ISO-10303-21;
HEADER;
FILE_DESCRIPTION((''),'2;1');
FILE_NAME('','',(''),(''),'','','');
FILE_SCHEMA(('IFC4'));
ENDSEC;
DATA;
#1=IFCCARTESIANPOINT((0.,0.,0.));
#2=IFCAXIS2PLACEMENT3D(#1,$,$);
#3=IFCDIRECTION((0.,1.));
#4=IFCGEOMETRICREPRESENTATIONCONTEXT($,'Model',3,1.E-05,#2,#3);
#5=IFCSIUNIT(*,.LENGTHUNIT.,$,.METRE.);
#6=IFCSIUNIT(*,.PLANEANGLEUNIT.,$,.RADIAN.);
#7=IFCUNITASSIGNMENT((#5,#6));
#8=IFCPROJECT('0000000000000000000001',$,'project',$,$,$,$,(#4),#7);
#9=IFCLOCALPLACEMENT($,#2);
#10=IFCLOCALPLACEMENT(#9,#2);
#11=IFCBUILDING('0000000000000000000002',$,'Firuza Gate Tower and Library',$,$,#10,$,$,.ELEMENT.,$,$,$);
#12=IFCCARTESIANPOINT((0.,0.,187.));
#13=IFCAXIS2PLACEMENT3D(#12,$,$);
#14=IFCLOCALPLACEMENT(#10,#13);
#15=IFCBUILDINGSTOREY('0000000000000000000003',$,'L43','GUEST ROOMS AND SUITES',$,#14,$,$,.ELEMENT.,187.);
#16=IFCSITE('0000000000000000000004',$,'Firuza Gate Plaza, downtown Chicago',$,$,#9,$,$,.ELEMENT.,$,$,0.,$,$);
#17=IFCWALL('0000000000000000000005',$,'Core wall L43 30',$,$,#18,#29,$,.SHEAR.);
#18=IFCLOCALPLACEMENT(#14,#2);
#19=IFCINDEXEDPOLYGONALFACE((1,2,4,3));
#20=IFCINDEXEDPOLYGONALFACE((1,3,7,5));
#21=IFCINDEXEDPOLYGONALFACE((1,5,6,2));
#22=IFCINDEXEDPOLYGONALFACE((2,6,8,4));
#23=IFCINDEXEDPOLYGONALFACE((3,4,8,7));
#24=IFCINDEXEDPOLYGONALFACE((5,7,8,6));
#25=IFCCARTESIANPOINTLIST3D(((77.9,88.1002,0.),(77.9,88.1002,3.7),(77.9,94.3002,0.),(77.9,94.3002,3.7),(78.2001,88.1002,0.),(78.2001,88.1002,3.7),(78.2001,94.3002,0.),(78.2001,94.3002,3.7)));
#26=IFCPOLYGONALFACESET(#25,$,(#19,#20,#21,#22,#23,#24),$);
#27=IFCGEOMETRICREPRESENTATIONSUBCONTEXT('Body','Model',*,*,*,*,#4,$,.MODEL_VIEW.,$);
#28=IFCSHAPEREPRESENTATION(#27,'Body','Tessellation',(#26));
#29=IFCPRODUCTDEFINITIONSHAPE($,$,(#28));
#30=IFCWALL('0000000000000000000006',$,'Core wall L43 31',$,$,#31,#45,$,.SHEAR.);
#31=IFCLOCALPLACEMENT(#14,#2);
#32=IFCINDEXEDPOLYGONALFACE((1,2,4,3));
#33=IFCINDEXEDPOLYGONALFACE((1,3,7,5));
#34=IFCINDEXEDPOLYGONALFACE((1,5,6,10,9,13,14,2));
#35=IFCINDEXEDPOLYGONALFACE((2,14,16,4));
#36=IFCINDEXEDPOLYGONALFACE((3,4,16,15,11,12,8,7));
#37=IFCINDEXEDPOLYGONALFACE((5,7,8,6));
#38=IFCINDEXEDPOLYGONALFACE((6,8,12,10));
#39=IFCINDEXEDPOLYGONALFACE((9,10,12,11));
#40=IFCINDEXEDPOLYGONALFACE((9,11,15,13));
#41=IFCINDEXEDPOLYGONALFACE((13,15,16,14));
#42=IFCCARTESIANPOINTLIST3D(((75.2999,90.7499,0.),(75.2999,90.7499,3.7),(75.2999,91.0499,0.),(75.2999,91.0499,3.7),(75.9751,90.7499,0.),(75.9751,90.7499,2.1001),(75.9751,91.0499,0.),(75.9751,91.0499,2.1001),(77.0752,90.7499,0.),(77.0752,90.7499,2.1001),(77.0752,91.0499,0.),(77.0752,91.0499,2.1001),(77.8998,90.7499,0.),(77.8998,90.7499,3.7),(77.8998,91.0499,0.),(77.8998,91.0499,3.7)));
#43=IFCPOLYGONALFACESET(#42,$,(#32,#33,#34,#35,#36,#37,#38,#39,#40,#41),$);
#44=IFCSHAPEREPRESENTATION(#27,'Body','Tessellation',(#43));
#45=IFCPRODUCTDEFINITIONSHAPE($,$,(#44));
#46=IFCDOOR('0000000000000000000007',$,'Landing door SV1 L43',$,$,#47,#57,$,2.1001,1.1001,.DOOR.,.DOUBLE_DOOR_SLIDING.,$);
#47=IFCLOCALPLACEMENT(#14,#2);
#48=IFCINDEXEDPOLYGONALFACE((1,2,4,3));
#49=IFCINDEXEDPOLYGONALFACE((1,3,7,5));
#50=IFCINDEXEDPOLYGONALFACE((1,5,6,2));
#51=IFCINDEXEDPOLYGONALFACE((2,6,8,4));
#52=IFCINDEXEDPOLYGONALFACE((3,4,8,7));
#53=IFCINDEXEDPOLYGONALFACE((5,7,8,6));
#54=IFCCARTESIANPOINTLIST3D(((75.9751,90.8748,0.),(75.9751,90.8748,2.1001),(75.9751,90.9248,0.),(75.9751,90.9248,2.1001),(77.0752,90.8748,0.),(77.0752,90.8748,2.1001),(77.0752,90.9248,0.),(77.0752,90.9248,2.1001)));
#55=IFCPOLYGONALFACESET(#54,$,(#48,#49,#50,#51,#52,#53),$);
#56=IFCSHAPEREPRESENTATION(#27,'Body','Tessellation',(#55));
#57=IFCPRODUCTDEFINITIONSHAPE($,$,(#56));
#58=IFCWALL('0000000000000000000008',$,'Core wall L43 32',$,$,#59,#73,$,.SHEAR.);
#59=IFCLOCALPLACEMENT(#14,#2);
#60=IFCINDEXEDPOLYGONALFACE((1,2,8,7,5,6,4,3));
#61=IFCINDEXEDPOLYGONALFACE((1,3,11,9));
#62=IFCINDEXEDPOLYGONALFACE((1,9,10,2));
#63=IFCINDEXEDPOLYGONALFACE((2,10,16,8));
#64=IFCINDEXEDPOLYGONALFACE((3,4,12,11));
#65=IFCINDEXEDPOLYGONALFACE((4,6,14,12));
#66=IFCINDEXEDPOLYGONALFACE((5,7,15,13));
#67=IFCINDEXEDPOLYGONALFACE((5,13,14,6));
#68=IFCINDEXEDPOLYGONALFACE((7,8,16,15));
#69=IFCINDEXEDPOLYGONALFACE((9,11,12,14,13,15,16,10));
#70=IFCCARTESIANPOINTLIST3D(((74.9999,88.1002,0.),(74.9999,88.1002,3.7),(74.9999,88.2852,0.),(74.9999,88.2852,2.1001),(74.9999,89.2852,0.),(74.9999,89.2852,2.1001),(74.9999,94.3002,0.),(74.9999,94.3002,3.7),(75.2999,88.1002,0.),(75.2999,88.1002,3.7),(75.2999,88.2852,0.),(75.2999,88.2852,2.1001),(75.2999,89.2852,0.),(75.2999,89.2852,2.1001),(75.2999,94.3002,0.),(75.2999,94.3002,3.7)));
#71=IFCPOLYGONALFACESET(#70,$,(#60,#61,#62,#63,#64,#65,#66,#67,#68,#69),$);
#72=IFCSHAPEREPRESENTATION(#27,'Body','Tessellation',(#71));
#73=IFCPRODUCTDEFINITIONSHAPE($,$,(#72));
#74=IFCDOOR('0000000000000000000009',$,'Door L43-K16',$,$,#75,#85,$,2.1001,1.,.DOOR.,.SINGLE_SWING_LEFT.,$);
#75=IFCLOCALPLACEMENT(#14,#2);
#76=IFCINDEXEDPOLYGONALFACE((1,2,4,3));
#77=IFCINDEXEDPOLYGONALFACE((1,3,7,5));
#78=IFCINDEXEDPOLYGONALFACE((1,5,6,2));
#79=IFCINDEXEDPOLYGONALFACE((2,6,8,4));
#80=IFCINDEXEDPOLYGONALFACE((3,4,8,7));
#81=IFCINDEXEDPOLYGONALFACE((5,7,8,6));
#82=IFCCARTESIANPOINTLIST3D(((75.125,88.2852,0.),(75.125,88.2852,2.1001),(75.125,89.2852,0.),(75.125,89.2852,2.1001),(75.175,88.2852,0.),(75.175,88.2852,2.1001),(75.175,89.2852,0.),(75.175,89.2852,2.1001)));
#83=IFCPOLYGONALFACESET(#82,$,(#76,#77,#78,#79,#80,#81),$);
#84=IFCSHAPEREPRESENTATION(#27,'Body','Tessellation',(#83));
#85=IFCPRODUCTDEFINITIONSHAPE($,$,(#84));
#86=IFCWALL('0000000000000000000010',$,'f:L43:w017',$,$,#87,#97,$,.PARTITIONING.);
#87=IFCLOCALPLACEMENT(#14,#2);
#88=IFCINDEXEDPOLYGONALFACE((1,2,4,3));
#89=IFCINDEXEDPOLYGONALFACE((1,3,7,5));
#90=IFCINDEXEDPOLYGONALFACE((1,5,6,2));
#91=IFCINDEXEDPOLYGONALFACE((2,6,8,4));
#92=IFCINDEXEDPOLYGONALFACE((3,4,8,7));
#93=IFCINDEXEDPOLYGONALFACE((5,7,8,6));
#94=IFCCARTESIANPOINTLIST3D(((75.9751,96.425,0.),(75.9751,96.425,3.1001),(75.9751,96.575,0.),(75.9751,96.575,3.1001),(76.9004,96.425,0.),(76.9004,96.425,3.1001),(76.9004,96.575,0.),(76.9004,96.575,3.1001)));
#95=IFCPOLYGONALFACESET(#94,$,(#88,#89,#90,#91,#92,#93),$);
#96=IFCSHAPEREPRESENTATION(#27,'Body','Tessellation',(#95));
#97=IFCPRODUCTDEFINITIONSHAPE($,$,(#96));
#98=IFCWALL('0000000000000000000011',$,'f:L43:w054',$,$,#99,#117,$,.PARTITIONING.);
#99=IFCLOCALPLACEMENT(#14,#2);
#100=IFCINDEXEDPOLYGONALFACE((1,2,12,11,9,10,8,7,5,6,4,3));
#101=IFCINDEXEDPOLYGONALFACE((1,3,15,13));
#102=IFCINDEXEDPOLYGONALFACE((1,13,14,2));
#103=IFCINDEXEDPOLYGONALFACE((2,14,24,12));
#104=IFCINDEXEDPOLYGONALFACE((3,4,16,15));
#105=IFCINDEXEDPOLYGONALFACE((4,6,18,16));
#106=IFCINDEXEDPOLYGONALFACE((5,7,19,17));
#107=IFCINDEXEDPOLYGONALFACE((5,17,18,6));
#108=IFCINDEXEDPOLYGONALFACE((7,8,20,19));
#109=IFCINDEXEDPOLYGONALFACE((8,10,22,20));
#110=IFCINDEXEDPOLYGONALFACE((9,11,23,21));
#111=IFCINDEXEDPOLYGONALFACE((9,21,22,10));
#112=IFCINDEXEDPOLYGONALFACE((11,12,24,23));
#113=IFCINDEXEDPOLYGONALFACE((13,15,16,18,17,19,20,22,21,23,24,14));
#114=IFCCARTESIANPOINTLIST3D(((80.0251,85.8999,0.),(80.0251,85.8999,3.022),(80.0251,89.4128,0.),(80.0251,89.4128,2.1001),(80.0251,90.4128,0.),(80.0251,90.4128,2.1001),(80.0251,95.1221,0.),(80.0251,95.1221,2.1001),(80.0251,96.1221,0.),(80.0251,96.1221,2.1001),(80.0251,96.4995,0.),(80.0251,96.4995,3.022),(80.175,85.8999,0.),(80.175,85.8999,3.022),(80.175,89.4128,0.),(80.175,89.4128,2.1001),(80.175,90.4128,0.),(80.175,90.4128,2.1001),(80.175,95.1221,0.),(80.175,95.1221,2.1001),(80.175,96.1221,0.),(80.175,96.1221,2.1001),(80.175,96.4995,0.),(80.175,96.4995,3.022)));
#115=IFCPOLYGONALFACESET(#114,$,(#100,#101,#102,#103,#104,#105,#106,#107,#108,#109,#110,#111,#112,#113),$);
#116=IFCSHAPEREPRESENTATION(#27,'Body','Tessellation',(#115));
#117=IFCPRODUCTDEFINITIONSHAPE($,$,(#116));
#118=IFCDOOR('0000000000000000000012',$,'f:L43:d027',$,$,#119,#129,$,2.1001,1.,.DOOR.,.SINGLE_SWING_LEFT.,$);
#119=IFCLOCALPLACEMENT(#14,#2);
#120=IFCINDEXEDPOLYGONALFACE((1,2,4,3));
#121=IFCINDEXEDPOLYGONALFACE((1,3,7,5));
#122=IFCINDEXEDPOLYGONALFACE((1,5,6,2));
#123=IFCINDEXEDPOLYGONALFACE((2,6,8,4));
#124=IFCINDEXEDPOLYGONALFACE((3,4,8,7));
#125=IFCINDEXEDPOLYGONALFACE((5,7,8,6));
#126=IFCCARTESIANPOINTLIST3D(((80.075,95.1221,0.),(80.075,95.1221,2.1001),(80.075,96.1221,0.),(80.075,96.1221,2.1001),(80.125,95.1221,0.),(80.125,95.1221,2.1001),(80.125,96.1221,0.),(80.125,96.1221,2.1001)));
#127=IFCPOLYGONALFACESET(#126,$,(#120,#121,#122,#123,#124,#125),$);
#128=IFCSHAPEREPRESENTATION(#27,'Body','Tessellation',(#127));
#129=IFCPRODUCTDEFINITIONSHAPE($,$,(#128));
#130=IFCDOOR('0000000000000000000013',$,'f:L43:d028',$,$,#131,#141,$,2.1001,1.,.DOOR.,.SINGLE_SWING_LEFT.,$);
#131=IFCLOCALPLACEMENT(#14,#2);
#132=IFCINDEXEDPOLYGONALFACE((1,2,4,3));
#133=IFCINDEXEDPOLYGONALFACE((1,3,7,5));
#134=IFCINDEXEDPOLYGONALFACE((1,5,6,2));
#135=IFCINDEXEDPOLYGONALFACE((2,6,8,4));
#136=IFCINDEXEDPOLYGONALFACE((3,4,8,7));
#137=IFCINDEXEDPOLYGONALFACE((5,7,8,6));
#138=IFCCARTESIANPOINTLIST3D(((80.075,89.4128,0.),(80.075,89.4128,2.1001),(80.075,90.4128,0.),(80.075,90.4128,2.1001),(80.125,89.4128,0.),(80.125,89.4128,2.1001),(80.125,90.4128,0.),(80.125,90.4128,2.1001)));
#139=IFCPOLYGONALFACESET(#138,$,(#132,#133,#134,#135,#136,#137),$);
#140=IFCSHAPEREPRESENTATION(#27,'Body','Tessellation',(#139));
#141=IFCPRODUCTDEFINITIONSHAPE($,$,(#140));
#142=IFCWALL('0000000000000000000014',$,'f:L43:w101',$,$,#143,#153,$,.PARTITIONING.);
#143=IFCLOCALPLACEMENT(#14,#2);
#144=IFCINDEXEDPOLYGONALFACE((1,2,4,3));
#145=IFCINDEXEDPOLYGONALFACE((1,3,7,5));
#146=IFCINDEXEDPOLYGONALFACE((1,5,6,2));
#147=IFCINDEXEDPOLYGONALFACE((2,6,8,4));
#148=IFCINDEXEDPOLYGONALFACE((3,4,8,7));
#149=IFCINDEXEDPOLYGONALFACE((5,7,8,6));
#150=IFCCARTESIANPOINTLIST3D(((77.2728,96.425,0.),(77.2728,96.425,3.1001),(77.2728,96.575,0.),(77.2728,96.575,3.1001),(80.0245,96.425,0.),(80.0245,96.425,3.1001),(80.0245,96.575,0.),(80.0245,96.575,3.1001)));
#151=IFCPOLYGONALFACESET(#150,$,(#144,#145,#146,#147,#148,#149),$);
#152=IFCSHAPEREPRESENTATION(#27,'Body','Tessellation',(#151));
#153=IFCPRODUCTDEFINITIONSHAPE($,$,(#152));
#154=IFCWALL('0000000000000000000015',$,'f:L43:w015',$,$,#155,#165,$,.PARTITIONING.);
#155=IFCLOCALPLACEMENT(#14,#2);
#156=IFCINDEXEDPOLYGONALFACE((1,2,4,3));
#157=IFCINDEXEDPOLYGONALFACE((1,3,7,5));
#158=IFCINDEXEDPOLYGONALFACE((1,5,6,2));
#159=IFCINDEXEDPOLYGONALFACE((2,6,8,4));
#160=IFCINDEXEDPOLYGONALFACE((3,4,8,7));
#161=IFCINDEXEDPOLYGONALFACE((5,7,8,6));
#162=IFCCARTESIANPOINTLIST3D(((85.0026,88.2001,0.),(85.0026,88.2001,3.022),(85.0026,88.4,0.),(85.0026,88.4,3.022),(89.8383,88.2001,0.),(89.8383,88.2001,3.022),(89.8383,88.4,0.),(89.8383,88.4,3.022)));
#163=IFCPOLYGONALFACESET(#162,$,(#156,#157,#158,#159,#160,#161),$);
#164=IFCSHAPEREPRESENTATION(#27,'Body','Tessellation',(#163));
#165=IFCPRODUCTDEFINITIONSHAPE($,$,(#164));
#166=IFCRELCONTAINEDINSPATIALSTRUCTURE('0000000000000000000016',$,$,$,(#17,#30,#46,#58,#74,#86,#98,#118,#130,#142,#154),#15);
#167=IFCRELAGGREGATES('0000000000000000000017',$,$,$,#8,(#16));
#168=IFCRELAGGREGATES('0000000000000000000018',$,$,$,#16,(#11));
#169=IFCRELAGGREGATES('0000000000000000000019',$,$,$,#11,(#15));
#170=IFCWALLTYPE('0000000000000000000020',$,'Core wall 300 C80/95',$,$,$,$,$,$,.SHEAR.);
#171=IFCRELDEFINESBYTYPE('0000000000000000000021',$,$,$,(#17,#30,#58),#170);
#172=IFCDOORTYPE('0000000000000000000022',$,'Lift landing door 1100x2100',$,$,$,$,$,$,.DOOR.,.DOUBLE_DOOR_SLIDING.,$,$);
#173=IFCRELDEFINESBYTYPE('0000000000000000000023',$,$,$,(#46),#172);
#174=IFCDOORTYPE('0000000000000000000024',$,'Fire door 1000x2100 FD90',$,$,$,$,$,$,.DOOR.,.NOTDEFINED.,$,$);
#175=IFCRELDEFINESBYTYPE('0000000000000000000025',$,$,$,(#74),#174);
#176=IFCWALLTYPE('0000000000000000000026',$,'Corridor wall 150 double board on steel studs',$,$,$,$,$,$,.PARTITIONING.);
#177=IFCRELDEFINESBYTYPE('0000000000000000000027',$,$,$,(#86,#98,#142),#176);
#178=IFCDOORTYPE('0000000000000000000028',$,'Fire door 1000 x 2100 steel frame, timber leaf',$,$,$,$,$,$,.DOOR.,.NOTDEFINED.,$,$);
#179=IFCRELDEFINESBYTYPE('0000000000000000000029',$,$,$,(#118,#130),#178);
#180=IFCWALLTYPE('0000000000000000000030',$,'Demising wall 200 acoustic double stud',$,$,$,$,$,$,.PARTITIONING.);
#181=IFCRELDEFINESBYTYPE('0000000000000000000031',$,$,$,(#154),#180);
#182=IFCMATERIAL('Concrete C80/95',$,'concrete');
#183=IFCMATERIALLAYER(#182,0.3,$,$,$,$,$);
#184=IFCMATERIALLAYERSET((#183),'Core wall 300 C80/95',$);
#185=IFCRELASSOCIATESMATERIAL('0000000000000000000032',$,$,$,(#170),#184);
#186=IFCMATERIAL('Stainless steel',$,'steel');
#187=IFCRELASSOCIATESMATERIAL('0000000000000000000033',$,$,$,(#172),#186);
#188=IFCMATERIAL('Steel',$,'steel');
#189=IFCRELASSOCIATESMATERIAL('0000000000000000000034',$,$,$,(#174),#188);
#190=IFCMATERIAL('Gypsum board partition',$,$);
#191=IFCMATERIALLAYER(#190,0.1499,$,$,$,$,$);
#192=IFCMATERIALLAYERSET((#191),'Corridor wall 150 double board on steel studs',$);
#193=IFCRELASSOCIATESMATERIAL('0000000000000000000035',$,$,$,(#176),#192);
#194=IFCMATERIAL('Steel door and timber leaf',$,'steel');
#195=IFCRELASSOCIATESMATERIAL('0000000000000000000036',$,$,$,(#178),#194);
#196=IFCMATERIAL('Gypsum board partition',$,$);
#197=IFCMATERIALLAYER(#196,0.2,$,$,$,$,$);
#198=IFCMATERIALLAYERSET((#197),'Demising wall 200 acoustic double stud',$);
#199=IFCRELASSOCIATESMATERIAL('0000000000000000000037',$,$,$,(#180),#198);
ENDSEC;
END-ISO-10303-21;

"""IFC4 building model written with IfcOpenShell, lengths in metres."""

from ifc_helpers import new_model, si_unit, direction, frame, frame_2d, origin, place, context, subcontext, project, spatial, rectangle, extrude, material, layer, layer_set, type_object, element, fill, save


model = new_model("IFC4")

# Units and contexts
model_context = context("Model", 3, precision=1e-05, world=origin(), true_north=direction((0.0, 1.0)))
body_context = subcontext(model_context, "Body", "Model", "MODEL_VIEW")
ifc_project = project(units=[si_unit("LENGTHUNIT", "METRE"), si_unit("PLANEANGLEUNIT", "RADIAN")], contexts=[model_context])

# Site, building, storey
site_placement = place(None, origin())
site = spatial("IfcSite", under=ifc_project, at=site_placement, Name="Firuza Gate Plaza, downtown Chicago", CompositionType="ELEMENT", RefElevation=0.0)
building_placement = place(site_placement, origin())
building = spatial("IfcBuilding", under=site, at=building_placement, Name="Firuza Gate Tower and Library", CompositionType="ELEMENT")
storey_placement = place(building_placement, frame((0.0, 0.0, 187.0)))
storey = spatial("IfcBuildingStorey", under=building, at=storey_placement, Name="L43", Description="GUEST ROOMS AND SUITES", CompositionType="ELEMENT", Elevation=187.0)

# Wall
ifc_material_1 = material(Name="Concrete C80/95", Category="concrete")
ifc_layer_1 = layer(ifc_material_1, 0.3)
ifc_layer_set_1 = layer_set([ifc_layer_1], Name="Core wall 300 C80/95")
wall_type_1 = type_object("IfcWallType", Name="Core wall 300 C80/95", PredefinedType="SHEAR", material=ifc_layer_set_1)
wall_1_placement = place(storey_placement, frame((78.05, 88.1001, 0.0), z_axis=(0.0, 0.0, 1.0), x_axis=(0.0, 1.0, 0.0)))
element("IfcWall", 1, at=wall_1_placement, inside=storey, type_object=wall_type_1, Name="Core wall L43 30", PredefinedType="SHEAR", context=body_context, shape_type="SweptSolid", body=[
    extrude(rectangle(XDim=6.2, YDim=0.3, at=frame_2d((3.1001, 0.0))), origin(), (0.0, 0.0, 1.0), 3.7),
])

# Walls, openings, doors
wall_2_placement = place(storey_placement, frame((75.3, 90.8999, 0.0), z_axis=(0.0, 0.0, 1.0), x_axis=(1.0, 0.0, 0.0)))
wall_2 = element("IfcWall", 2, at=wall_2_placement, inside=storey, type_object=wall_type_1, Name="Core wall L43 31", PredefinedType="SHEAR", context=body_context, shape_type="SweptSolid", body=[
    extrude(rectangle(XDim=2.5999, YDim=0.3, at=frame_2d((1.2998, 0.0))), origin(), (0.0, 0.0, 1.0), 3.7),
])
opening_1_placement = place(wall_2_placement, frame((0.675, 0.0, 0.0)))
opening_1 = element("IfcOpeningElement", 3, at=opening_1_placement, cuts=wall_2, PredefinedType="OPENING", context=body_context, shape_type="SweptSolid", body=[
    extrude(rectangle(XDim=1.1001, YDim=2.1001, at=frame_2d((0.55, 1.05))), frame((0.0, 0.1602, 0.0), z_axis=(0.0, -1.0, 0.0), x_axis=(1.0, 0.0, 0.0)), (0.0, 0.0, 1.0), 0.3201),
])
ifc_material_2 = material(Name="Stainless steel", Category="steel")
door_type_1 = type_object("IfcDoorType", Name="Lift landing door 1100x2100", OperationType="DOUBLE_DOOR_SLIDING", PredefinedType="DOOR", material=ifc_material_2)
door_1_placement = place(opening_1_placement, origin())
door_1 = element("IfcDoor", 4, at=door_1_placement, inside=storey, type_object=door_type_1, Name="Landing door SV1 L43", OperationType="DOUBLE_DOOR_SLIDING", OverallHeight=2.1001, OverallWidth=1.1001, PredefinedType="DOOR", context=body_context, shape_type="SweptSolid", body=[
    extrude(rectangle(XDim=1.1001, YDim=2.1001, at=frame_2d((0.55, 1.05))), frame((0.0, 0.0249, 0.0), z_axis=(0.0, -1.0, 0.0), x_axis=(1.0, 0.0, 0.0)), (0.0, 0.0, 1.0), 0.05),
])
fill(opening_1, door_1)
wall_3_placement = place(storey_placement, frame((75.1499, 88.1001, 0.0), z_axis=(0.0, 0.0, 1.0), x_axis=(0.0, 1.0, 0.0)))
wall_3 = element("IfcWall", 5, at=wall_3_placement, inside=storey, type_object=wall_type_1, Name="Core wall L43 32", PredefinedType="SHEAR", context=body_context, shape_type="SweptSolid", body=[
    extrude(rectangle(XDim=6.2, YDim=0.3, at=frame_2d((3.1001, 0.0))), origin(), (0.0, 0.0, 1.0), 3.7),
])
opening_2_placement = place(wall_3_placement, frame((0.1851, 0.0, 0.0)))
opening_2 = element("IfcOpeningElement", 6, at=opening_2_placement, cuts=wall_3, PredefinedType="OPENING", context=body_context, shape_type="SweptSolid", body=[
    extrude(rectangle(XDim=1.0, YDim=2.1001, at=frame_2d((0.5, 1.05))), frame((0.0, 0.1602, 0.0), z_axis=(0.0, -1.0, 0.0), x_axis=(1.0, 0.0, 0.0)), (0.0, 0.0, 1.0), 0.3201),
])
ifc_material_3 = material(Name="Steel", Category="steel")
door_type_2 = type_object("IfcDoorType", Name="Fire door 1000x2100 FD90", OperationType="NOTDEFINED", PredefinedType="DOOR", material=ifc_material_3)
door_2_placement = place(opening_2_placement, origin())
door_2 = element("IfcDoor", 7, at=door_2_placement, inside=storey, type_object=door_type_2, Name="Door L43-K16", OperationType="SINGLE_SWING_LEFT", OverallHeight=2.1001, OverallWidth=1.0, PredefinedType="DOOR", context=body_context, shape_type="SweptSolid", body=[
    extrude(rectangle(XDim=1.0, YDim=2.1001, at=frame_2d((0.5, 1.05))), frame((0.0, 0.0249, 0.0), z_axis=(0.0, -1.0, 0.0), x_axis=(1.0, 0.0, 0.0)), (0.0, 0.0, 1.0), 0.05),
])
fill(opening_2, door_2)

# Wall
ifc_material_4 = material(Name="Gypsum board partition")
ifc_layer_2 = layer(ifc_material_4, 0.1499)
ifc_layer_set_2 = layer_set([ifc_layer_2], Name="Corridor wall 150 double board on steel studs")
wall_type_2 = type_object("IfcWallType", Name="Corridor wall 150 double board on steel studs", PredefinedType="PARTITIONING", material=ifc_layer_set_2)
wall_4_placement = place(storey_placement, frame((75.9751, 96.5, 0.0), z_axis=(0.0, 0.0, 1.0), x_axis=(1.0, 0.0, 0.0)))
element("IfcWall", 8, at=wall_4_placement, inside=storey, type_object=wall_type_2, Name="f:L43:w017", PredefinedType="PARTITIONING", context=body_context, shape_type="SweptSolid", body=[
    extrude(rectangle(XDim=0.9253, YDim=0.1499, at=frame_2d((0.4626, 0.0))), origin(), (0.0, 0.0, 1.0), 3.1001),
])

# Wall, openings, doors
wall_5_placement = place(storey_placement, frame((80.1001, 96.4995, 0.0), z_axis=(0.0, 0.0, 1.0), x_axis=(0.0, -1.0, 0.0)))
wall_5 = element("IfcWall", 9, at=wall_5_placement, inside=storey, type_object=wall_type_2, Name="f:L43:w054", PredefinedType="PARTITIONING", context=body_context, shape_type="SweptSolid", body=[
    extrude(rectangle(XDim=10.5996, YDim=0.1499, at=frame_2d((5.2998, 0.0))), origin(), (0.0, 0.0, 1.0), 3.022),
])
opening_3_placement = place(wall_5_placement, frame((0.3774, 0.0, 0.0)))
opening_3 = element("IfcOpeningElement", 10, at=opening_3_placement, cuts=wall_5, PredefinedType="OPENING", context=body_context, shape_type="SweptSolid", body=[
    extrude(rectangle(XDim=1.0, YDim=2.1001, at=frame_2d((0.5, 1.05))), frame((0.0, 0.085, 0.0), z_axis=(0.0, -1.0, 0.0), x_axis=(1.0, 0.0, 0.0)), (0.0, 0.0, 1.0), 0.1699),
])
opening_4_placement = place(wall_5_placement, frame((6.0867, 0.0, 0.0)))
opening_4 = element("IfcOpeningElement", 11, at=opening_4_placement, cuts=wall_5, PredefinedType="OPENING", context=body_context, shape_type="SweptSolid", body=[
    extrude(rectangle(XDim=1.0, YDim=2.1001, at=frame_2d((0.5, 1.05))), frame((0.0, 0.085, 0.0), z_axis=(0.0, -1.0, 0.0), x_axis=(1.0, 0.0, 0.0)), (0.0, 0.0, 1.0), 0.1699),
])
ifc_material_5 = material(Name="Steel door and timber leaf", Category="steel")
door_type_3 = type_object("IfcDoorType", Name="Fire door 1000 x 2100 steel frame, timber leaf", OperationType="NOTDEFINED", PredefinedType="DOOR", material=ifc_material_5)
door_3_placement = place(opening_3_placement, origin())
door_3 = element("IfcDoor", 12, at=door_3_placement, inside=storey, type_object=door_type_3, Name="f:L43:d027", OperationType="SINGLE_SWING_LEFT", OverallHeight=2.1001, OverallWidth=1.0, PredefinedType="DOOR", context=body_context, shape_type="SweptSolid", body=[
    extrude(rectangle(XDim=1.0, YDim=2.1001, at=frame_2d((0.5, 1.05))), frame((0.0, 0.0249, 0.0), z_axis=(0.0, -1.0, 0.0), x_axis=(1.0, 0.0, 0.0)), (0.0, 0.0, 1.0), 0.05),
])
fill(opening_3, door_3)
door_4_placement = place(opening_4_placement, origin())
door_4 = element("IfcDoor", 13, at=door_4_placement, inside=storey, type_object=door_type_3, Name="f:L43:d028", OperationType="SINGLE_SWING_LEFT", OverallHeight=2.1001, OverallWidth=1.0, PredefinedType="DOOR", context=body_context, shape_type="SweptSolid", body=[
    extrude(rectangle(XDim=1.0, YDim=2.1001, at=frame_2d((0.5, 1.05))), frame((0.0, 0.0249, 0.0), z_axis=(0.0, -1.0, 0.0), x_axis=(1.0, 0.0, 0.0)), (0.0, 0.0, 1.0), 0.05),
])
fill(opening_4, door_4)

# Walls
wall_6_placement = place(storey_placement, frame((77.2727, 96.5, 0.0), z_axis=(0.0, 0.0, 1.0), x_axis=(1.0, 0.0, 0.0)))
element("IfcWall", 14, at=wall_6_placement, inside=storey, type_object=wall_type_2, Name="f:L43:w101", PredefinedType="PARTITIONING", context=body_context, shape_type="SweptSolid", body=[
    extrude(rectangle(XDim=2.7517, YDim=0.1499, at=frame_2d((1.376, 0.0))), origin(), (0.0, 0.0, 1.0), 3.1001),
])
ifc_material_6 = material(Name="Gypsum board partition")
ifc_layer_3 = layer(ifc_material_6, 0.2)
ifc_layer_set_3 = layer_set([ifc_layer_3], Name="Demising wall 200 acoustic double stud")
wall_type_3 = type_object("IfcWallType", Name="Demising wall 200 acoustic double stud", PredefinedType="PARTITIONING", material=ifc_layer_set_3)
wall_7_placement = place(storey_placement, frame((85.0024, 88.3, 0.0), z_axis=(0.0, 0.0, 1.0), x_axis=(1.0, 0.0, 0.0)))
element("IfcWall", 15, at=wall_7_placement, inside=storey, type_object=wall_type_3, Name="f:L43:w015", PredefinedType="PARTITIONING", context=body_context, shape_type="SweptSolid", body=[
    extrude(rectangle(XDim=4.8357, YDim=0.2, at=frame_2d((2.418, 0.0))), origin(), (0.0, 0.0, 1.0), 3.022),
])

save(model, "model.ifc")
